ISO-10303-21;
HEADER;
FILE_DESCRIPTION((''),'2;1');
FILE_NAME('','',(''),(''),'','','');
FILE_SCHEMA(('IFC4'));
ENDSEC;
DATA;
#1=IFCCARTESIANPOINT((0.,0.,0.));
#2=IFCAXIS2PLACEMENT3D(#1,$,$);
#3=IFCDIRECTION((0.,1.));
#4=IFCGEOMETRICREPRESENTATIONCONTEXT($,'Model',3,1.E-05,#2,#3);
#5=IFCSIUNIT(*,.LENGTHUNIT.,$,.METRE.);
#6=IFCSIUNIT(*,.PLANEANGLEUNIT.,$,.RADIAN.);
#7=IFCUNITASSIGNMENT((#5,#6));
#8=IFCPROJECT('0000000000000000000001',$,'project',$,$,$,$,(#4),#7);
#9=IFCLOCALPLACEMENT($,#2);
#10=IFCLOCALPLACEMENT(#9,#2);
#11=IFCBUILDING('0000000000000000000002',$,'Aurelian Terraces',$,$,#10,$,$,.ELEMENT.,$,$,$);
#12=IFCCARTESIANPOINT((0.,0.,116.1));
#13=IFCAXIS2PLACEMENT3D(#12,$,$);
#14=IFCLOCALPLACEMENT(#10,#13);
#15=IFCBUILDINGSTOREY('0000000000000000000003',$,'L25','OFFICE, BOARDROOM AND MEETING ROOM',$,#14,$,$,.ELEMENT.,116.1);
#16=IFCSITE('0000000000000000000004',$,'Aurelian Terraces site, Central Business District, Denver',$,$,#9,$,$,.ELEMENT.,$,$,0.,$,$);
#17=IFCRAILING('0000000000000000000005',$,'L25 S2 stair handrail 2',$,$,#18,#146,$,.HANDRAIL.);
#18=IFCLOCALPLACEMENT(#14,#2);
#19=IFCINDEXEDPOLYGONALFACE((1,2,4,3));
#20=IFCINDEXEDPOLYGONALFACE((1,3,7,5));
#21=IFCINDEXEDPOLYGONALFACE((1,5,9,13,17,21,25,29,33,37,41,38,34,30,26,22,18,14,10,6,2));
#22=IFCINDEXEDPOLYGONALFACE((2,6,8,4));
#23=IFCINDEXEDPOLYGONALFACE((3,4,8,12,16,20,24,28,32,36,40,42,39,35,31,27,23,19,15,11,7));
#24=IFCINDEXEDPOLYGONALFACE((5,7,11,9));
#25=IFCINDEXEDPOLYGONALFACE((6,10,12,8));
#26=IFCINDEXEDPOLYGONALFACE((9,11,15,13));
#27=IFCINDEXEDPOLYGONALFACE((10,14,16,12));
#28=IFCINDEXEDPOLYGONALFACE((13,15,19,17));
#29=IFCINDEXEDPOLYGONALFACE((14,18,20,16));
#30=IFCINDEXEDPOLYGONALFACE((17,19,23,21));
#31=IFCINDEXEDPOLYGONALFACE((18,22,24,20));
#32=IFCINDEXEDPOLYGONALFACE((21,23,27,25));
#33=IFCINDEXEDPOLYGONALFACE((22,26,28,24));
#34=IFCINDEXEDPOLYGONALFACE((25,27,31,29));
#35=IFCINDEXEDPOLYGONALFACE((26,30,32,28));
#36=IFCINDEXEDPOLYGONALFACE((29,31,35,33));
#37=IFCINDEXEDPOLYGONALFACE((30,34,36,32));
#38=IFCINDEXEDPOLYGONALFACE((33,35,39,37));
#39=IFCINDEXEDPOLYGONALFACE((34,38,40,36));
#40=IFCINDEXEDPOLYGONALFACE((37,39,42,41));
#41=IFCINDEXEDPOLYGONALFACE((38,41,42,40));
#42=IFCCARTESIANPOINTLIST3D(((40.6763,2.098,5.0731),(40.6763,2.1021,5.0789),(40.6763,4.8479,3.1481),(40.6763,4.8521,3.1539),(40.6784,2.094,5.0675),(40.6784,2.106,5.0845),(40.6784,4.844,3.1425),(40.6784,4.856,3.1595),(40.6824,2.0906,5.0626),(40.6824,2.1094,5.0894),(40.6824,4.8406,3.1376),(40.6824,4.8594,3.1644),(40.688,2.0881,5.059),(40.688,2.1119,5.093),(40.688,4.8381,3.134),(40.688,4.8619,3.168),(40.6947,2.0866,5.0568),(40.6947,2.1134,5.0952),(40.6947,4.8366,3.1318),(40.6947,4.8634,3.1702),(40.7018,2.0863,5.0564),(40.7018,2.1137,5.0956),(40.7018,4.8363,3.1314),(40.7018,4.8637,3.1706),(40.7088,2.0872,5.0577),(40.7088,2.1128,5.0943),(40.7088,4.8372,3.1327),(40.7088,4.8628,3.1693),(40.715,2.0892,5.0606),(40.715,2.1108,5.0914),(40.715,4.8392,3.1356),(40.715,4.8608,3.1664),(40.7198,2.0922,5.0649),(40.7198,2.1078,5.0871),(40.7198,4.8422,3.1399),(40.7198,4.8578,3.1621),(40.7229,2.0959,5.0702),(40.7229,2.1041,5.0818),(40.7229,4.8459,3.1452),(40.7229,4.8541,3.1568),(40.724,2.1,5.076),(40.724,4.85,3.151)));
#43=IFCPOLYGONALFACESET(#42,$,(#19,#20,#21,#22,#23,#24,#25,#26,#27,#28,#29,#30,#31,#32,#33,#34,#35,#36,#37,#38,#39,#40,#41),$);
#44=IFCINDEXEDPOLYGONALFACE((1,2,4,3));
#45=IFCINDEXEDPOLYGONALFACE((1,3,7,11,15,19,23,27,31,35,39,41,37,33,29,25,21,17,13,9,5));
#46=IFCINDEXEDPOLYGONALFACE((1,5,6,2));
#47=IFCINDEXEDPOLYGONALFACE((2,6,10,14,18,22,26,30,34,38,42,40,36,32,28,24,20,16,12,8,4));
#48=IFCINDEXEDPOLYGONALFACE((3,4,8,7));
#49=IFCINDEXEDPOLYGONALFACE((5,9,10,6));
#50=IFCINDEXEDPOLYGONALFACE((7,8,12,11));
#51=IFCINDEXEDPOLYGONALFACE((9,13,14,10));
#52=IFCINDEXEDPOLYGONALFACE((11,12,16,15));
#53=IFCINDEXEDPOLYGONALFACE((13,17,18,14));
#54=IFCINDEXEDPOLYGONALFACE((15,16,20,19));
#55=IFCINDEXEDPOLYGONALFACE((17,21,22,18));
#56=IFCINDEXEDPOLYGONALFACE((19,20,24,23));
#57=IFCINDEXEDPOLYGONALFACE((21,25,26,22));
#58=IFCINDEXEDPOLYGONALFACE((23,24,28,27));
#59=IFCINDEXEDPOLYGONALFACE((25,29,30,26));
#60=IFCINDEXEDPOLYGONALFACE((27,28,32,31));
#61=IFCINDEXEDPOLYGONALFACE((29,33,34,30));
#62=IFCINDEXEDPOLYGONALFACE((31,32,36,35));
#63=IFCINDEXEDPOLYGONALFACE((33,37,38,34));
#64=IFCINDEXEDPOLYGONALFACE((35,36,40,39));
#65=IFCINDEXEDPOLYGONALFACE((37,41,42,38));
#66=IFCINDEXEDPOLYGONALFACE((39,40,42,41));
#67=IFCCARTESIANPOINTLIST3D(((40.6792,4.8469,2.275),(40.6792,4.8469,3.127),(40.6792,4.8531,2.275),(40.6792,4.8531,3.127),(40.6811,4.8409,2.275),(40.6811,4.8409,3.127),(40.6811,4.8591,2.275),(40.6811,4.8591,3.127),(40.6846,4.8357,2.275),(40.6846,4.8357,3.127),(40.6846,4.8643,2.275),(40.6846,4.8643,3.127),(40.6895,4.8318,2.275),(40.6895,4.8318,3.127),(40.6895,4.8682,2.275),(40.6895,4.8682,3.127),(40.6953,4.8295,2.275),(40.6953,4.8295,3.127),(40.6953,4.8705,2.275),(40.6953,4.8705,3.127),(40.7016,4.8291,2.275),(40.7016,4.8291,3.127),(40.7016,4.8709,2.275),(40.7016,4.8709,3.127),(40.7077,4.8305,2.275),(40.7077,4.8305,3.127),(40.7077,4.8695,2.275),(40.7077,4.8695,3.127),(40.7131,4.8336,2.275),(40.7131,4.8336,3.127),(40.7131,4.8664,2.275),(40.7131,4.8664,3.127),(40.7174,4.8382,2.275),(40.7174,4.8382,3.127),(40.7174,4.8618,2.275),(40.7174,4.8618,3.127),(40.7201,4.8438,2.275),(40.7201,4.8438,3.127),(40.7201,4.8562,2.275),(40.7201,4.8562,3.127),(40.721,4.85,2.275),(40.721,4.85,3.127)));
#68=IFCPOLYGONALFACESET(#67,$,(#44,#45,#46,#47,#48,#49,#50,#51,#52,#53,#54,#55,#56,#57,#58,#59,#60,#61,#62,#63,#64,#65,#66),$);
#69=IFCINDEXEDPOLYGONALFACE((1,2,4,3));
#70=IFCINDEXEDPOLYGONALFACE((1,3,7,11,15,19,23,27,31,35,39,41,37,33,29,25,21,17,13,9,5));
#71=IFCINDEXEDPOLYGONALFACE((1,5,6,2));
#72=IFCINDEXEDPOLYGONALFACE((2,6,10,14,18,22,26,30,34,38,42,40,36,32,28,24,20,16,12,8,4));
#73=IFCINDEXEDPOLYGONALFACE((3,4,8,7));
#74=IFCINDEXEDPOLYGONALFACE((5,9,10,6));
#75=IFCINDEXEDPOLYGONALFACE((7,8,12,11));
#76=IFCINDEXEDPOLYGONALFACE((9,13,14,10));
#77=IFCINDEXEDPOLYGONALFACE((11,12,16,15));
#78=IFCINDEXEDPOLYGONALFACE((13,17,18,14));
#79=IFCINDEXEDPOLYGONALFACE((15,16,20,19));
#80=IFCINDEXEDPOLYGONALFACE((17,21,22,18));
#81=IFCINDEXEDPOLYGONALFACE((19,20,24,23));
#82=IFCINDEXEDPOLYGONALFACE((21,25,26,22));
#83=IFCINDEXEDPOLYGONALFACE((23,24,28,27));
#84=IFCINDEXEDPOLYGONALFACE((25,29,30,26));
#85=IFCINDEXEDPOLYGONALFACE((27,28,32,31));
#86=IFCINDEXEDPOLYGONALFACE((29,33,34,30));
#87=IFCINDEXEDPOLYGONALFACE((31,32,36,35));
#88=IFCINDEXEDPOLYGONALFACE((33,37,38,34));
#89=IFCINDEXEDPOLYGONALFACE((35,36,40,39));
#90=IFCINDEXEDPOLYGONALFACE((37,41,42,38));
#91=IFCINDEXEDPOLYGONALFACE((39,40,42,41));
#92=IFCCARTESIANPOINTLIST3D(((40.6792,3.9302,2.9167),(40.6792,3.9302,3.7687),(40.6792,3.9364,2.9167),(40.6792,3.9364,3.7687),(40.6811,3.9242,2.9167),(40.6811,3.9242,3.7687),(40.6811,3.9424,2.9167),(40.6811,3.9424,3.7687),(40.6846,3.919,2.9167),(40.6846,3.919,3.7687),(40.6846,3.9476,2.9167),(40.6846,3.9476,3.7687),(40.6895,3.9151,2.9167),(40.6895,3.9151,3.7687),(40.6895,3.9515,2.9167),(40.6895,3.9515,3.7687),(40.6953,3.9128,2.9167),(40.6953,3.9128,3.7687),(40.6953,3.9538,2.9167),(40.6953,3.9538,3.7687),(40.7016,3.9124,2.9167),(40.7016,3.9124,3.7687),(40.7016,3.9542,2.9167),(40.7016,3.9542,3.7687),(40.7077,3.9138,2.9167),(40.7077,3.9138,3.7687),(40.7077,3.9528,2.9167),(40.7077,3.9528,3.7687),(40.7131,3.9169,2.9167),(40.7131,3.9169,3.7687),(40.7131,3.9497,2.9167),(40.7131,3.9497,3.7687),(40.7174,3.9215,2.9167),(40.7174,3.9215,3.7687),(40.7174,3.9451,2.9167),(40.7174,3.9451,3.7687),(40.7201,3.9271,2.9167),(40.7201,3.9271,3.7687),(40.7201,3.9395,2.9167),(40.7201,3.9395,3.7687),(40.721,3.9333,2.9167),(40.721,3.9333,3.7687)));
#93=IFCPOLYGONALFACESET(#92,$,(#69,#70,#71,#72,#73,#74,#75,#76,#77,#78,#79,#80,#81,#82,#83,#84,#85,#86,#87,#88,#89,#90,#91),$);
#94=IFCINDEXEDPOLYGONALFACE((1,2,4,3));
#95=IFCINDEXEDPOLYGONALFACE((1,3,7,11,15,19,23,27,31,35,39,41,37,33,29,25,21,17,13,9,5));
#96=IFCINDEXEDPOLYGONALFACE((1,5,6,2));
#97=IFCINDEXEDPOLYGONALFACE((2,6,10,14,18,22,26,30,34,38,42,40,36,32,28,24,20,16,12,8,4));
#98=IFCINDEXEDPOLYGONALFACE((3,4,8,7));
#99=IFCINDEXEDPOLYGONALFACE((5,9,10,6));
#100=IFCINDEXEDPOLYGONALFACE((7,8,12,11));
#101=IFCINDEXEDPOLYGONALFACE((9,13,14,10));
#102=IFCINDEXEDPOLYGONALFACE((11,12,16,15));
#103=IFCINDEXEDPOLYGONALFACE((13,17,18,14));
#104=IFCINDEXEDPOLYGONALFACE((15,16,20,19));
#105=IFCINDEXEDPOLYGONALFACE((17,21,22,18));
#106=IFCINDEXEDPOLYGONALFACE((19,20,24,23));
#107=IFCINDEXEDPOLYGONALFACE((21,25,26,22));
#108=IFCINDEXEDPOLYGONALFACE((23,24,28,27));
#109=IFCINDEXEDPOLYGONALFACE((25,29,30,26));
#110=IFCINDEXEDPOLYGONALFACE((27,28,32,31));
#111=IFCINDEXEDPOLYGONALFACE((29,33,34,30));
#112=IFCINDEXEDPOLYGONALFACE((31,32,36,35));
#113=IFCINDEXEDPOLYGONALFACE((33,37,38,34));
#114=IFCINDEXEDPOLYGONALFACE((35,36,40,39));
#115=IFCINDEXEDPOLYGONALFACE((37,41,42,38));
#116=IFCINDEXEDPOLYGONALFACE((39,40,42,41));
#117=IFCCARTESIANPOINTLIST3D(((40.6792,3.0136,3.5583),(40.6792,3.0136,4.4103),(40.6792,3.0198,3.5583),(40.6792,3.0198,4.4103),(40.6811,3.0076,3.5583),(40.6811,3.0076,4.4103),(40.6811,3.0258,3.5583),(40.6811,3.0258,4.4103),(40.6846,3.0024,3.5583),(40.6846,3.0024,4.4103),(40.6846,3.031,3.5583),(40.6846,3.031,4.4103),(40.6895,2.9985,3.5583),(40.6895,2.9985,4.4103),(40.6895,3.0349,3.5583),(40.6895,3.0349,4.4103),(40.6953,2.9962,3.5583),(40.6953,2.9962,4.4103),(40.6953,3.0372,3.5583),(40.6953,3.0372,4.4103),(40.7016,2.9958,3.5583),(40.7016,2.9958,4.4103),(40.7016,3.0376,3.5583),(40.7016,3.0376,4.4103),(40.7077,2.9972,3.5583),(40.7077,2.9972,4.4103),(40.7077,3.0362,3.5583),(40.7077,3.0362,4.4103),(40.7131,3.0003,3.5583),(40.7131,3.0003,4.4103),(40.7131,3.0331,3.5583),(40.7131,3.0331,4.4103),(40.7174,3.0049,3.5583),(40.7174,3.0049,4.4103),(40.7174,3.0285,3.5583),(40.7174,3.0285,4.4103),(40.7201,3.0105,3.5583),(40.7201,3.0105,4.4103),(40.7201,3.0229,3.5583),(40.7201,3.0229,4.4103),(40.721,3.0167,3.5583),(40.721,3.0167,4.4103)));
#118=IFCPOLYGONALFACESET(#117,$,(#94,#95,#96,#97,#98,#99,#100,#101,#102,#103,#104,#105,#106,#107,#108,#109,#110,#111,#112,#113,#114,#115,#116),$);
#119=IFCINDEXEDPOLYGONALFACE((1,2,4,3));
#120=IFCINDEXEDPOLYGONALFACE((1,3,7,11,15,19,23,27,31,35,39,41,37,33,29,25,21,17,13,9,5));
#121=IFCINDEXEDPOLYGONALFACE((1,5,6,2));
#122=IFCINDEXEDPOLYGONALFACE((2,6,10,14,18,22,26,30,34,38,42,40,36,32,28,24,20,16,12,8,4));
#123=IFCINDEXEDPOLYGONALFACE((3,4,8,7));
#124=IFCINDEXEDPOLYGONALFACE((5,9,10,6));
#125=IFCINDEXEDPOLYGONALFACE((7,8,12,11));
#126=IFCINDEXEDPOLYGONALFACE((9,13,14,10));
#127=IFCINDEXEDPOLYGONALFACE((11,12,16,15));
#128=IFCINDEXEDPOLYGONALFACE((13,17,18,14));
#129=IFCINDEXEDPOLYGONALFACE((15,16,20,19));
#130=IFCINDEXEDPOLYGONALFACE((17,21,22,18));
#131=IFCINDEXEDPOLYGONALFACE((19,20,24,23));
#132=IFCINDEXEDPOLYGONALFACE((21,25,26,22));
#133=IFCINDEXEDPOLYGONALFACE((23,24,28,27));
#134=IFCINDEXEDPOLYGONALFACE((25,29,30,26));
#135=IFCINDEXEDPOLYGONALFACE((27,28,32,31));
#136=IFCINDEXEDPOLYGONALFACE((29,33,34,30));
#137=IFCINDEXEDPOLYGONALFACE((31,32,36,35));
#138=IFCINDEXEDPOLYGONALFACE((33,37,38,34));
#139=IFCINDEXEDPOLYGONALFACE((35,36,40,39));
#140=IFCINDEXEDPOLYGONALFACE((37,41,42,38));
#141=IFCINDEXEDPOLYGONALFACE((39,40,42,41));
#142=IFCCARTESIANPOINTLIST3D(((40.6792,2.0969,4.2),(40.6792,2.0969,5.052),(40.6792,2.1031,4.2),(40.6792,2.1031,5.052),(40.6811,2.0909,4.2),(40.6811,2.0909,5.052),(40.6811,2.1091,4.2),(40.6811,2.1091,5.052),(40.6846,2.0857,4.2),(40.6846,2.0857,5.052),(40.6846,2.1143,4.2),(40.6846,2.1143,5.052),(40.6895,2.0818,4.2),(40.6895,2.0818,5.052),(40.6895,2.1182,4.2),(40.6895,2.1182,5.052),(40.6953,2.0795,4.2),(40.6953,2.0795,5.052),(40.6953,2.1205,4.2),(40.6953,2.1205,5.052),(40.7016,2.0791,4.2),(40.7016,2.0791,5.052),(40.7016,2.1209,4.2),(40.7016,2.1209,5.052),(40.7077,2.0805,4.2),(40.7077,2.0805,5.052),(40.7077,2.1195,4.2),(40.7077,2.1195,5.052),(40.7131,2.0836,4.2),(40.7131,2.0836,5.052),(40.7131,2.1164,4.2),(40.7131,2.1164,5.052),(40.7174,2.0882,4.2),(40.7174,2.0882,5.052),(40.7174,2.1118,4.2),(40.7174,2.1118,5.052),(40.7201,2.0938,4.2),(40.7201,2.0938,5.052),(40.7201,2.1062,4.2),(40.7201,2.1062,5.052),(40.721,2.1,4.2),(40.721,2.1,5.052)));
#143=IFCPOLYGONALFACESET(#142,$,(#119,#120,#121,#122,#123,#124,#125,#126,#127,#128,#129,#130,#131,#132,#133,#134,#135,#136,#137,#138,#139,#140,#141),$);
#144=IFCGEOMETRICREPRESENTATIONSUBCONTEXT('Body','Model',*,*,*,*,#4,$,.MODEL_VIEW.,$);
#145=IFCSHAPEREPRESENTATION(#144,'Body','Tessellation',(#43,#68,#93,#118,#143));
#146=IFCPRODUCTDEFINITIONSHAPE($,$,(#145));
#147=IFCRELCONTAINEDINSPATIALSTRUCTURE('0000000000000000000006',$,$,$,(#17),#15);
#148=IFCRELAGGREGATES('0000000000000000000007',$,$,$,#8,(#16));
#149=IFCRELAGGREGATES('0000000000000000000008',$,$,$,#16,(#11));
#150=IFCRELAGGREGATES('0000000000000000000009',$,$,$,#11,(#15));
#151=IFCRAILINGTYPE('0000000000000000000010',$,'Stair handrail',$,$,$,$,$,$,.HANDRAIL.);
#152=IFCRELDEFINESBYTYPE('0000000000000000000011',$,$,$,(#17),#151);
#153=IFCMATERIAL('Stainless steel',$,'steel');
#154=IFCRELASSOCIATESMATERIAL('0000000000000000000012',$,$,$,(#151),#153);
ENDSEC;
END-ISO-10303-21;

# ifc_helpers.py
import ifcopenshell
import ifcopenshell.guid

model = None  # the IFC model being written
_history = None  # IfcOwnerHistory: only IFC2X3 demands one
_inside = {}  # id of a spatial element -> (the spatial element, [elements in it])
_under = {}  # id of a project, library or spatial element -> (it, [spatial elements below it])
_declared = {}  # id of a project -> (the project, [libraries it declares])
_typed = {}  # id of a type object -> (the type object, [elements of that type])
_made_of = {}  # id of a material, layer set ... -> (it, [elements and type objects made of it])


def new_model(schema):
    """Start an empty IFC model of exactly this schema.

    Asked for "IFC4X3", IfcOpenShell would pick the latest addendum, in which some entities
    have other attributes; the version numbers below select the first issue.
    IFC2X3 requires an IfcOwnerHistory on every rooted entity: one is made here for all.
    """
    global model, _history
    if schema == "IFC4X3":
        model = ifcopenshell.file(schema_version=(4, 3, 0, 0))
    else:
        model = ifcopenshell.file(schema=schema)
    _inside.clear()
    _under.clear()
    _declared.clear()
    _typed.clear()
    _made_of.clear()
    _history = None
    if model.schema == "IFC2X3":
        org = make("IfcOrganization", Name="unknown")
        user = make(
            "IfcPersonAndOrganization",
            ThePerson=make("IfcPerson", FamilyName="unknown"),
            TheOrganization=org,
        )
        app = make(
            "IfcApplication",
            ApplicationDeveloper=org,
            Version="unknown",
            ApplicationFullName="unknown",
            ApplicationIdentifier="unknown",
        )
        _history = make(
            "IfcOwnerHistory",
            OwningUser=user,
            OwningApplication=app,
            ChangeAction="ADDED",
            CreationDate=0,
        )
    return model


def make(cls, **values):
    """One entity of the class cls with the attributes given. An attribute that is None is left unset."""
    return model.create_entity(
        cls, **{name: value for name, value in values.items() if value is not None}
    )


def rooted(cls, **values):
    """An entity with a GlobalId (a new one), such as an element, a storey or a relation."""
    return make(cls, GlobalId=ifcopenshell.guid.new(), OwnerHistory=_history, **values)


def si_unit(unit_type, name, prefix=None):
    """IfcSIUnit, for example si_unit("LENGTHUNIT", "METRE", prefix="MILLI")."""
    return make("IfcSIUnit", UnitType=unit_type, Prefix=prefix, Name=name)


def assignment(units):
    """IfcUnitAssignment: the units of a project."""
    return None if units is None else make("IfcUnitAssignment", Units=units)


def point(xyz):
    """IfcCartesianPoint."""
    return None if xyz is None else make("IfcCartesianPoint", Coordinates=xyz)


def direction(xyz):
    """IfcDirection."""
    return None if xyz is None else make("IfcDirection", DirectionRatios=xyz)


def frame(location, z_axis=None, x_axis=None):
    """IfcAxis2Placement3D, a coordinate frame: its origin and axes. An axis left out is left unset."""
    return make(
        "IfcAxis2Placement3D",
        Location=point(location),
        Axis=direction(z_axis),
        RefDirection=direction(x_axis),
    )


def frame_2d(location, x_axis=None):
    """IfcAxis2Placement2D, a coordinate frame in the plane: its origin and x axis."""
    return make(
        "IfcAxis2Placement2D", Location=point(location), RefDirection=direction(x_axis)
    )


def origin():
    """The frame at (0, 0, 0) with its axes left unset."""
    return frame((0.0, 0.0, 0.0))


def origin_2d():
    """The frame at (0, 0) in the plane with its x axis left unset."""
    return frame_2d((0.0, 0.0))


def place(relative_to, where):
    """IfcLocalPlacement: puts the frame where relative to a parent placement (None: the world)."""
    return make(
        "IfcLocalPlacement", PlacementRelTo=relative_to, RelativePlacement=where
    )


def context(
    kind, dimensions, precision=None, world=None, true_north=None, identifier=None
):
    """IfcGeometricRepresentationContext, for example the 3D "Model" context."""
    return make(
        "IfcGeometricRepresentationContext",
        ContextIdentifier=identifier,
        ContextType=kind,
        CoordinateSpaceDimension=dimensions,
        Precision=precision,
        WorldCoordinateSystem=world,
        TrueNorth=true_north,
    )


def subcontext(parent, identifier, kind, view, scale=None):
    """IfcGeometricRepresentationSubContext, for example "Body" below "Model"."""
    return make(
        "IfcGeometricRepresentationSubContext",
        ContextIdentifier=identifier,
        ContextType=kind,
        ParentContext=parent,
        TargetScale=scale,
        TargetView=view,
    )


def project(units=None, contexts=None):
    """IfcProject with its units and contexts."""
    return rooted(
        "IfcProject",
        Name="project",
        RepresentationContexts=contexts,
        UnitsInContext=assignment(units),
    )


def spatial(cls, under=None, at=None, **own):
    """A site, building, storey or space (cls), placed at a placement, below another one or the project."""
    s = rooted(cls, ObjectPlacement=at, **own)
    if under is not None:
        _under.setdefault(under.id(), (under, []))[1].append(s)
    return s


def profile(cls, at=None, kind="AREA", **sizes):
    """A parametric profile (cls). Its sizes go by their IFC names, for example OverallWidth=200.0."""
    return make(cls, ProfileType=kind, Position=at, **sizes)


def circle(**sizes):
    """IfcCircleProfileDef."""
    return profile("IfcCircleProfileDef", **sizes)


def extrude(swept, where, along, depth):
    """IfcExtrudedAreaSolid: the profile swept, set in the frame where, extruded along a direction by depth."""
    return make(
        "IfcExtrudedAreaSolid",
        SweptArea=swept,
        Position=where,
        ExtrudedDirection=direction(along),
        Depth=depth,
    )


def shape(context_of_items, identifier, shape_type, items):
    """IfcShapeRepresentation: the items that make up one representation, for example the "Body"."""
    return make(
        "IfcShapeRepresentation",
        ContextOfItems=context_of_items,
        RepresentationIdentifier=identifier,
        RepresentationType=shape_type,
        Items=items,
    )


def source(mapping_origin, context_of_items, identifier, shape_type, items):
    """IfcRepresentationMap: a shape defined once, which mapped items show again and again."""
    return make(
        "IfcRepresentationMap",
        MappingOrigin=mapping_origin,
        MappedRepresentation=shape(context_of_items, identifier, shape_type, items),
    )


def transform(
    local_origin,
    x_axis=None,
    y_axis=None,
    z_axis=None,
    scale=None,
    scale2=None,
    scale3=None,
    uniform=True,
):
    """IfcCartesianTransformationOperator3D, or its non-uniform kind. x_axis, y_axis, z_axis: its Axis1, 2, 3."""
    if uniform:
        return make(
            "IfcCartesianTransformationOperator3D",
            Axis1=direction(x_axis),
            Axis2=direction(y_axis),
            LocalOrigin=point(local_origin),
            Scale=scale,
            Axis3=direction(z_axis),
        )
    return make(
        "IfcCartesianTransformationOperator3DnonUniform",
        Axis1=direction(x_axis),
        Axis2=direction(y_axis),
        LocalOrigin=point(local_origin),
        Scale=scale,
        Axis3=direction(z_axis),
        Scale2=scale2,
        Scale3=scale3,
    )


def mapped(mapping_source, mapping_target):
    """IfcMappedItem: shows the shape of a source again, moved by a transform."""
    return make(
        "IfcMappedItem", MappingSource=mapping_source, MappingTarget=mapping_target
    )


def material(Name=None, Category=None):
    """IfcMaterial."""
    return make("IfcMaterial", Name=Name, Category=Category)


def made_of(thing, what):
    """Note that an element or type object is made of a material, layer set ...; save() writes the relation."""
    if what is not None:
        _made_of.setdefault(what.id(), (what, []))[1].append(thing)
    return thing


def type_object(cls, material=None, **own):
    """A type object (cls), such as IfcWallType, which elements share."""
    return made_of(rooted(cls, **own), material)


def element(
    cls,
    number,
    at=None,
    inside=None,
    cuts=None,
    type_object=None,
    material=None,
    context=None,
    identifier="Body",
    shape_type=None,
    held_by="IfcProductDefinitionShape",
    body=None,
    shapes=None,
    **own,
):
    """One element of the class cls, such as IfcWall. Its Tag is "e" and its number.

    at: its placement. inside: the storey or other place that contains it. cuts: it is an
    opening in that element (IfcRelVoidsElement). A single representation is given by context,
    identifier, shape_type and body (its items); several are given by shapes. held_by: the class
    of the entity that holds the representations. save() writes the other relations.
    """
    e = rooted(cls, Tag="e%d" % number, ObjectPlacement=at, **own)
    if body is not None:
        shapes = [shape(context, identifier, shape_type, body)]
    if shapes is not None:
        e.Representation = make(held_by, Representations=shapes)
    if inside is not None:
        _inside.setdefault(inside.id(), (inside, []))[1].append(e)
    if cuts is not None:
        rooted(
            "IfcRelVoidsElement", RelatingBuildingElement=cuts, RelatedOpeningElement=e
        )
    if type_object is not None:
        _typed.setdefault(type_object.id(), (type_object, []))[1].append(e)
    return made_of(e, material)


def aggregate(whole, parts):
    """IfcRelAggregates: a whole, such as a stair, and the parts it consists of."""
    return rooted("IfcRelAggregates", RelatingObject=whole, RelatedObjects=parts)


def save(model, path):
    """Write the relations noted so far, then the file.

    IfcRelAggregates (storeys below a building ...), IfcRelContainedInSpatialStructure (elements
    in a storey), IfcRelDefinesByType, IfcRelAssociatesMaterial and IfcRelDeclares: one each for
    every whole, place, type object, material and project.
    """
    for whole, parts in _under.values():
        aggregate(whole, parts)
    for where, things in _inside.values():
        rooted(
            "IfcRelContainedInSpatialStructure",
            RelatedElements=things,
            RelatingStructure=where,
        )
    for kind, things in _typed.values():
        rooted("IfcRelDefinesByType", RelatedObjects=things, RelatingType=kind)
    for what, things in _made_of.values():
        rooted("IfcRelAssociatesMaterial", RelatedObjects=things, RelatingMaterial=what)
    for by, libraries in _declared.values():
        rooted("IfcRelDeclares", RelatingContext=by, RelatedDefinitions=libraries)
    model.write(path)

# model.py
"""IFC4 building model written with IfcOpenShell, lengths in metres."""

from ifc_helpers import new_model, si_unit, direction, frame, origin, origin_2d, place, context, subcontext, project, spatial, circle, extrude, source, transform, mapped, material, type_object, element, save


model = new_model("IFC4")

# Units and contexts
model_context = context("Model", 3, precision=1e-05, world=origin(), true_north=direction((0.0, 1.0)))
body_context = subcontext(model_context, "Body", "Model", "MODEL_VIEW")
ifc_project = project(units=[si_unit("LENGTHUNIT", "METRE"), si_unit("PLANEANGLEUNIT", "RADIAN")], contexts=[model_context])

# Site, building, storey
site_placement = place(None, origin())
site = spatial("IfcSite", under=ifc_project, at=site_placement, Name="Aurelian Terraces site, Central Business District, Denver", CompositionType="ELEMENT", RefElevation=0.0)
building_placement = place(site_placement, origin())
building = spatial("IfcBuilding", under=site, at=building_placement, Name="Aurelian Terraces", CompositionType="ELEMENT")
storey_placement = place(building_placement, frame((0.0, 0.0, 116.1)))
storey = spatial("IfcBuildingStorey", under=building, at=storey_placement, Name="L25", Description="OFFICE, BOARDROOM AND MEETING ROOM", CompositionType="ELEMENT", Elevation=116.1)

# Railing
ifc_material_1 = material(Name="Stainless steel", Category="steel")
railing_type_1 = type_object("IfcRailingType", Name="Stair handrail", PredefinedType="HANDRAIL", material=ifc_material_1)
shared_shape_1 = source(origin(), body_context, "Body", "SweptSolid", [
    extrude(circle(Radius=0.024, at=origin_2d()), frame((0.0, 0.0, 0.876), z_axis=(0.0, -0.819232, 0.573462), x_axis=(1.0, 0.0, 0.0)), (0.0, 0.0, 1.0), 3.3568),
    extrude(circle(Radius=0.021, at=origin_2d()), origin(), (0.0, 0.0, 1.0), 0.852),
    extrude(circle(Radius=0.021, at=origin_2d()), frame((0.0, -0.9167, 0.6417)), (0.0, 0.0, 1.0), 0.852),
    extrude(circle(Radius=0.021, at=origin_2d()), frame((0.0, -1.8333, 1.2833)), (0.0, 0.0, 1.0), 0.852),
    extrude(circle(Radius=0.021, at=origin_2d()), frame((0.0, -2.75, 1.925)), (0.0, 0.0, 1.0), 0.852),
])
railing_1_placement = place(storey_placement, frame((40.7, 4.85, 2.275)))
element("IfcRailing", 1, at=railing_1_placement, inside=storey, type_object=railing_type_1, Name="L25 S2 stair handrail 2", PredefinedType="HANDRAIL", context=body_context, shape_type="MappedRepresentation", body=[
    mapped(shared_shape_1, transform((0.0, 0.0, 0.0), scale=1.0)),
])

save(model, "model.ifc")
